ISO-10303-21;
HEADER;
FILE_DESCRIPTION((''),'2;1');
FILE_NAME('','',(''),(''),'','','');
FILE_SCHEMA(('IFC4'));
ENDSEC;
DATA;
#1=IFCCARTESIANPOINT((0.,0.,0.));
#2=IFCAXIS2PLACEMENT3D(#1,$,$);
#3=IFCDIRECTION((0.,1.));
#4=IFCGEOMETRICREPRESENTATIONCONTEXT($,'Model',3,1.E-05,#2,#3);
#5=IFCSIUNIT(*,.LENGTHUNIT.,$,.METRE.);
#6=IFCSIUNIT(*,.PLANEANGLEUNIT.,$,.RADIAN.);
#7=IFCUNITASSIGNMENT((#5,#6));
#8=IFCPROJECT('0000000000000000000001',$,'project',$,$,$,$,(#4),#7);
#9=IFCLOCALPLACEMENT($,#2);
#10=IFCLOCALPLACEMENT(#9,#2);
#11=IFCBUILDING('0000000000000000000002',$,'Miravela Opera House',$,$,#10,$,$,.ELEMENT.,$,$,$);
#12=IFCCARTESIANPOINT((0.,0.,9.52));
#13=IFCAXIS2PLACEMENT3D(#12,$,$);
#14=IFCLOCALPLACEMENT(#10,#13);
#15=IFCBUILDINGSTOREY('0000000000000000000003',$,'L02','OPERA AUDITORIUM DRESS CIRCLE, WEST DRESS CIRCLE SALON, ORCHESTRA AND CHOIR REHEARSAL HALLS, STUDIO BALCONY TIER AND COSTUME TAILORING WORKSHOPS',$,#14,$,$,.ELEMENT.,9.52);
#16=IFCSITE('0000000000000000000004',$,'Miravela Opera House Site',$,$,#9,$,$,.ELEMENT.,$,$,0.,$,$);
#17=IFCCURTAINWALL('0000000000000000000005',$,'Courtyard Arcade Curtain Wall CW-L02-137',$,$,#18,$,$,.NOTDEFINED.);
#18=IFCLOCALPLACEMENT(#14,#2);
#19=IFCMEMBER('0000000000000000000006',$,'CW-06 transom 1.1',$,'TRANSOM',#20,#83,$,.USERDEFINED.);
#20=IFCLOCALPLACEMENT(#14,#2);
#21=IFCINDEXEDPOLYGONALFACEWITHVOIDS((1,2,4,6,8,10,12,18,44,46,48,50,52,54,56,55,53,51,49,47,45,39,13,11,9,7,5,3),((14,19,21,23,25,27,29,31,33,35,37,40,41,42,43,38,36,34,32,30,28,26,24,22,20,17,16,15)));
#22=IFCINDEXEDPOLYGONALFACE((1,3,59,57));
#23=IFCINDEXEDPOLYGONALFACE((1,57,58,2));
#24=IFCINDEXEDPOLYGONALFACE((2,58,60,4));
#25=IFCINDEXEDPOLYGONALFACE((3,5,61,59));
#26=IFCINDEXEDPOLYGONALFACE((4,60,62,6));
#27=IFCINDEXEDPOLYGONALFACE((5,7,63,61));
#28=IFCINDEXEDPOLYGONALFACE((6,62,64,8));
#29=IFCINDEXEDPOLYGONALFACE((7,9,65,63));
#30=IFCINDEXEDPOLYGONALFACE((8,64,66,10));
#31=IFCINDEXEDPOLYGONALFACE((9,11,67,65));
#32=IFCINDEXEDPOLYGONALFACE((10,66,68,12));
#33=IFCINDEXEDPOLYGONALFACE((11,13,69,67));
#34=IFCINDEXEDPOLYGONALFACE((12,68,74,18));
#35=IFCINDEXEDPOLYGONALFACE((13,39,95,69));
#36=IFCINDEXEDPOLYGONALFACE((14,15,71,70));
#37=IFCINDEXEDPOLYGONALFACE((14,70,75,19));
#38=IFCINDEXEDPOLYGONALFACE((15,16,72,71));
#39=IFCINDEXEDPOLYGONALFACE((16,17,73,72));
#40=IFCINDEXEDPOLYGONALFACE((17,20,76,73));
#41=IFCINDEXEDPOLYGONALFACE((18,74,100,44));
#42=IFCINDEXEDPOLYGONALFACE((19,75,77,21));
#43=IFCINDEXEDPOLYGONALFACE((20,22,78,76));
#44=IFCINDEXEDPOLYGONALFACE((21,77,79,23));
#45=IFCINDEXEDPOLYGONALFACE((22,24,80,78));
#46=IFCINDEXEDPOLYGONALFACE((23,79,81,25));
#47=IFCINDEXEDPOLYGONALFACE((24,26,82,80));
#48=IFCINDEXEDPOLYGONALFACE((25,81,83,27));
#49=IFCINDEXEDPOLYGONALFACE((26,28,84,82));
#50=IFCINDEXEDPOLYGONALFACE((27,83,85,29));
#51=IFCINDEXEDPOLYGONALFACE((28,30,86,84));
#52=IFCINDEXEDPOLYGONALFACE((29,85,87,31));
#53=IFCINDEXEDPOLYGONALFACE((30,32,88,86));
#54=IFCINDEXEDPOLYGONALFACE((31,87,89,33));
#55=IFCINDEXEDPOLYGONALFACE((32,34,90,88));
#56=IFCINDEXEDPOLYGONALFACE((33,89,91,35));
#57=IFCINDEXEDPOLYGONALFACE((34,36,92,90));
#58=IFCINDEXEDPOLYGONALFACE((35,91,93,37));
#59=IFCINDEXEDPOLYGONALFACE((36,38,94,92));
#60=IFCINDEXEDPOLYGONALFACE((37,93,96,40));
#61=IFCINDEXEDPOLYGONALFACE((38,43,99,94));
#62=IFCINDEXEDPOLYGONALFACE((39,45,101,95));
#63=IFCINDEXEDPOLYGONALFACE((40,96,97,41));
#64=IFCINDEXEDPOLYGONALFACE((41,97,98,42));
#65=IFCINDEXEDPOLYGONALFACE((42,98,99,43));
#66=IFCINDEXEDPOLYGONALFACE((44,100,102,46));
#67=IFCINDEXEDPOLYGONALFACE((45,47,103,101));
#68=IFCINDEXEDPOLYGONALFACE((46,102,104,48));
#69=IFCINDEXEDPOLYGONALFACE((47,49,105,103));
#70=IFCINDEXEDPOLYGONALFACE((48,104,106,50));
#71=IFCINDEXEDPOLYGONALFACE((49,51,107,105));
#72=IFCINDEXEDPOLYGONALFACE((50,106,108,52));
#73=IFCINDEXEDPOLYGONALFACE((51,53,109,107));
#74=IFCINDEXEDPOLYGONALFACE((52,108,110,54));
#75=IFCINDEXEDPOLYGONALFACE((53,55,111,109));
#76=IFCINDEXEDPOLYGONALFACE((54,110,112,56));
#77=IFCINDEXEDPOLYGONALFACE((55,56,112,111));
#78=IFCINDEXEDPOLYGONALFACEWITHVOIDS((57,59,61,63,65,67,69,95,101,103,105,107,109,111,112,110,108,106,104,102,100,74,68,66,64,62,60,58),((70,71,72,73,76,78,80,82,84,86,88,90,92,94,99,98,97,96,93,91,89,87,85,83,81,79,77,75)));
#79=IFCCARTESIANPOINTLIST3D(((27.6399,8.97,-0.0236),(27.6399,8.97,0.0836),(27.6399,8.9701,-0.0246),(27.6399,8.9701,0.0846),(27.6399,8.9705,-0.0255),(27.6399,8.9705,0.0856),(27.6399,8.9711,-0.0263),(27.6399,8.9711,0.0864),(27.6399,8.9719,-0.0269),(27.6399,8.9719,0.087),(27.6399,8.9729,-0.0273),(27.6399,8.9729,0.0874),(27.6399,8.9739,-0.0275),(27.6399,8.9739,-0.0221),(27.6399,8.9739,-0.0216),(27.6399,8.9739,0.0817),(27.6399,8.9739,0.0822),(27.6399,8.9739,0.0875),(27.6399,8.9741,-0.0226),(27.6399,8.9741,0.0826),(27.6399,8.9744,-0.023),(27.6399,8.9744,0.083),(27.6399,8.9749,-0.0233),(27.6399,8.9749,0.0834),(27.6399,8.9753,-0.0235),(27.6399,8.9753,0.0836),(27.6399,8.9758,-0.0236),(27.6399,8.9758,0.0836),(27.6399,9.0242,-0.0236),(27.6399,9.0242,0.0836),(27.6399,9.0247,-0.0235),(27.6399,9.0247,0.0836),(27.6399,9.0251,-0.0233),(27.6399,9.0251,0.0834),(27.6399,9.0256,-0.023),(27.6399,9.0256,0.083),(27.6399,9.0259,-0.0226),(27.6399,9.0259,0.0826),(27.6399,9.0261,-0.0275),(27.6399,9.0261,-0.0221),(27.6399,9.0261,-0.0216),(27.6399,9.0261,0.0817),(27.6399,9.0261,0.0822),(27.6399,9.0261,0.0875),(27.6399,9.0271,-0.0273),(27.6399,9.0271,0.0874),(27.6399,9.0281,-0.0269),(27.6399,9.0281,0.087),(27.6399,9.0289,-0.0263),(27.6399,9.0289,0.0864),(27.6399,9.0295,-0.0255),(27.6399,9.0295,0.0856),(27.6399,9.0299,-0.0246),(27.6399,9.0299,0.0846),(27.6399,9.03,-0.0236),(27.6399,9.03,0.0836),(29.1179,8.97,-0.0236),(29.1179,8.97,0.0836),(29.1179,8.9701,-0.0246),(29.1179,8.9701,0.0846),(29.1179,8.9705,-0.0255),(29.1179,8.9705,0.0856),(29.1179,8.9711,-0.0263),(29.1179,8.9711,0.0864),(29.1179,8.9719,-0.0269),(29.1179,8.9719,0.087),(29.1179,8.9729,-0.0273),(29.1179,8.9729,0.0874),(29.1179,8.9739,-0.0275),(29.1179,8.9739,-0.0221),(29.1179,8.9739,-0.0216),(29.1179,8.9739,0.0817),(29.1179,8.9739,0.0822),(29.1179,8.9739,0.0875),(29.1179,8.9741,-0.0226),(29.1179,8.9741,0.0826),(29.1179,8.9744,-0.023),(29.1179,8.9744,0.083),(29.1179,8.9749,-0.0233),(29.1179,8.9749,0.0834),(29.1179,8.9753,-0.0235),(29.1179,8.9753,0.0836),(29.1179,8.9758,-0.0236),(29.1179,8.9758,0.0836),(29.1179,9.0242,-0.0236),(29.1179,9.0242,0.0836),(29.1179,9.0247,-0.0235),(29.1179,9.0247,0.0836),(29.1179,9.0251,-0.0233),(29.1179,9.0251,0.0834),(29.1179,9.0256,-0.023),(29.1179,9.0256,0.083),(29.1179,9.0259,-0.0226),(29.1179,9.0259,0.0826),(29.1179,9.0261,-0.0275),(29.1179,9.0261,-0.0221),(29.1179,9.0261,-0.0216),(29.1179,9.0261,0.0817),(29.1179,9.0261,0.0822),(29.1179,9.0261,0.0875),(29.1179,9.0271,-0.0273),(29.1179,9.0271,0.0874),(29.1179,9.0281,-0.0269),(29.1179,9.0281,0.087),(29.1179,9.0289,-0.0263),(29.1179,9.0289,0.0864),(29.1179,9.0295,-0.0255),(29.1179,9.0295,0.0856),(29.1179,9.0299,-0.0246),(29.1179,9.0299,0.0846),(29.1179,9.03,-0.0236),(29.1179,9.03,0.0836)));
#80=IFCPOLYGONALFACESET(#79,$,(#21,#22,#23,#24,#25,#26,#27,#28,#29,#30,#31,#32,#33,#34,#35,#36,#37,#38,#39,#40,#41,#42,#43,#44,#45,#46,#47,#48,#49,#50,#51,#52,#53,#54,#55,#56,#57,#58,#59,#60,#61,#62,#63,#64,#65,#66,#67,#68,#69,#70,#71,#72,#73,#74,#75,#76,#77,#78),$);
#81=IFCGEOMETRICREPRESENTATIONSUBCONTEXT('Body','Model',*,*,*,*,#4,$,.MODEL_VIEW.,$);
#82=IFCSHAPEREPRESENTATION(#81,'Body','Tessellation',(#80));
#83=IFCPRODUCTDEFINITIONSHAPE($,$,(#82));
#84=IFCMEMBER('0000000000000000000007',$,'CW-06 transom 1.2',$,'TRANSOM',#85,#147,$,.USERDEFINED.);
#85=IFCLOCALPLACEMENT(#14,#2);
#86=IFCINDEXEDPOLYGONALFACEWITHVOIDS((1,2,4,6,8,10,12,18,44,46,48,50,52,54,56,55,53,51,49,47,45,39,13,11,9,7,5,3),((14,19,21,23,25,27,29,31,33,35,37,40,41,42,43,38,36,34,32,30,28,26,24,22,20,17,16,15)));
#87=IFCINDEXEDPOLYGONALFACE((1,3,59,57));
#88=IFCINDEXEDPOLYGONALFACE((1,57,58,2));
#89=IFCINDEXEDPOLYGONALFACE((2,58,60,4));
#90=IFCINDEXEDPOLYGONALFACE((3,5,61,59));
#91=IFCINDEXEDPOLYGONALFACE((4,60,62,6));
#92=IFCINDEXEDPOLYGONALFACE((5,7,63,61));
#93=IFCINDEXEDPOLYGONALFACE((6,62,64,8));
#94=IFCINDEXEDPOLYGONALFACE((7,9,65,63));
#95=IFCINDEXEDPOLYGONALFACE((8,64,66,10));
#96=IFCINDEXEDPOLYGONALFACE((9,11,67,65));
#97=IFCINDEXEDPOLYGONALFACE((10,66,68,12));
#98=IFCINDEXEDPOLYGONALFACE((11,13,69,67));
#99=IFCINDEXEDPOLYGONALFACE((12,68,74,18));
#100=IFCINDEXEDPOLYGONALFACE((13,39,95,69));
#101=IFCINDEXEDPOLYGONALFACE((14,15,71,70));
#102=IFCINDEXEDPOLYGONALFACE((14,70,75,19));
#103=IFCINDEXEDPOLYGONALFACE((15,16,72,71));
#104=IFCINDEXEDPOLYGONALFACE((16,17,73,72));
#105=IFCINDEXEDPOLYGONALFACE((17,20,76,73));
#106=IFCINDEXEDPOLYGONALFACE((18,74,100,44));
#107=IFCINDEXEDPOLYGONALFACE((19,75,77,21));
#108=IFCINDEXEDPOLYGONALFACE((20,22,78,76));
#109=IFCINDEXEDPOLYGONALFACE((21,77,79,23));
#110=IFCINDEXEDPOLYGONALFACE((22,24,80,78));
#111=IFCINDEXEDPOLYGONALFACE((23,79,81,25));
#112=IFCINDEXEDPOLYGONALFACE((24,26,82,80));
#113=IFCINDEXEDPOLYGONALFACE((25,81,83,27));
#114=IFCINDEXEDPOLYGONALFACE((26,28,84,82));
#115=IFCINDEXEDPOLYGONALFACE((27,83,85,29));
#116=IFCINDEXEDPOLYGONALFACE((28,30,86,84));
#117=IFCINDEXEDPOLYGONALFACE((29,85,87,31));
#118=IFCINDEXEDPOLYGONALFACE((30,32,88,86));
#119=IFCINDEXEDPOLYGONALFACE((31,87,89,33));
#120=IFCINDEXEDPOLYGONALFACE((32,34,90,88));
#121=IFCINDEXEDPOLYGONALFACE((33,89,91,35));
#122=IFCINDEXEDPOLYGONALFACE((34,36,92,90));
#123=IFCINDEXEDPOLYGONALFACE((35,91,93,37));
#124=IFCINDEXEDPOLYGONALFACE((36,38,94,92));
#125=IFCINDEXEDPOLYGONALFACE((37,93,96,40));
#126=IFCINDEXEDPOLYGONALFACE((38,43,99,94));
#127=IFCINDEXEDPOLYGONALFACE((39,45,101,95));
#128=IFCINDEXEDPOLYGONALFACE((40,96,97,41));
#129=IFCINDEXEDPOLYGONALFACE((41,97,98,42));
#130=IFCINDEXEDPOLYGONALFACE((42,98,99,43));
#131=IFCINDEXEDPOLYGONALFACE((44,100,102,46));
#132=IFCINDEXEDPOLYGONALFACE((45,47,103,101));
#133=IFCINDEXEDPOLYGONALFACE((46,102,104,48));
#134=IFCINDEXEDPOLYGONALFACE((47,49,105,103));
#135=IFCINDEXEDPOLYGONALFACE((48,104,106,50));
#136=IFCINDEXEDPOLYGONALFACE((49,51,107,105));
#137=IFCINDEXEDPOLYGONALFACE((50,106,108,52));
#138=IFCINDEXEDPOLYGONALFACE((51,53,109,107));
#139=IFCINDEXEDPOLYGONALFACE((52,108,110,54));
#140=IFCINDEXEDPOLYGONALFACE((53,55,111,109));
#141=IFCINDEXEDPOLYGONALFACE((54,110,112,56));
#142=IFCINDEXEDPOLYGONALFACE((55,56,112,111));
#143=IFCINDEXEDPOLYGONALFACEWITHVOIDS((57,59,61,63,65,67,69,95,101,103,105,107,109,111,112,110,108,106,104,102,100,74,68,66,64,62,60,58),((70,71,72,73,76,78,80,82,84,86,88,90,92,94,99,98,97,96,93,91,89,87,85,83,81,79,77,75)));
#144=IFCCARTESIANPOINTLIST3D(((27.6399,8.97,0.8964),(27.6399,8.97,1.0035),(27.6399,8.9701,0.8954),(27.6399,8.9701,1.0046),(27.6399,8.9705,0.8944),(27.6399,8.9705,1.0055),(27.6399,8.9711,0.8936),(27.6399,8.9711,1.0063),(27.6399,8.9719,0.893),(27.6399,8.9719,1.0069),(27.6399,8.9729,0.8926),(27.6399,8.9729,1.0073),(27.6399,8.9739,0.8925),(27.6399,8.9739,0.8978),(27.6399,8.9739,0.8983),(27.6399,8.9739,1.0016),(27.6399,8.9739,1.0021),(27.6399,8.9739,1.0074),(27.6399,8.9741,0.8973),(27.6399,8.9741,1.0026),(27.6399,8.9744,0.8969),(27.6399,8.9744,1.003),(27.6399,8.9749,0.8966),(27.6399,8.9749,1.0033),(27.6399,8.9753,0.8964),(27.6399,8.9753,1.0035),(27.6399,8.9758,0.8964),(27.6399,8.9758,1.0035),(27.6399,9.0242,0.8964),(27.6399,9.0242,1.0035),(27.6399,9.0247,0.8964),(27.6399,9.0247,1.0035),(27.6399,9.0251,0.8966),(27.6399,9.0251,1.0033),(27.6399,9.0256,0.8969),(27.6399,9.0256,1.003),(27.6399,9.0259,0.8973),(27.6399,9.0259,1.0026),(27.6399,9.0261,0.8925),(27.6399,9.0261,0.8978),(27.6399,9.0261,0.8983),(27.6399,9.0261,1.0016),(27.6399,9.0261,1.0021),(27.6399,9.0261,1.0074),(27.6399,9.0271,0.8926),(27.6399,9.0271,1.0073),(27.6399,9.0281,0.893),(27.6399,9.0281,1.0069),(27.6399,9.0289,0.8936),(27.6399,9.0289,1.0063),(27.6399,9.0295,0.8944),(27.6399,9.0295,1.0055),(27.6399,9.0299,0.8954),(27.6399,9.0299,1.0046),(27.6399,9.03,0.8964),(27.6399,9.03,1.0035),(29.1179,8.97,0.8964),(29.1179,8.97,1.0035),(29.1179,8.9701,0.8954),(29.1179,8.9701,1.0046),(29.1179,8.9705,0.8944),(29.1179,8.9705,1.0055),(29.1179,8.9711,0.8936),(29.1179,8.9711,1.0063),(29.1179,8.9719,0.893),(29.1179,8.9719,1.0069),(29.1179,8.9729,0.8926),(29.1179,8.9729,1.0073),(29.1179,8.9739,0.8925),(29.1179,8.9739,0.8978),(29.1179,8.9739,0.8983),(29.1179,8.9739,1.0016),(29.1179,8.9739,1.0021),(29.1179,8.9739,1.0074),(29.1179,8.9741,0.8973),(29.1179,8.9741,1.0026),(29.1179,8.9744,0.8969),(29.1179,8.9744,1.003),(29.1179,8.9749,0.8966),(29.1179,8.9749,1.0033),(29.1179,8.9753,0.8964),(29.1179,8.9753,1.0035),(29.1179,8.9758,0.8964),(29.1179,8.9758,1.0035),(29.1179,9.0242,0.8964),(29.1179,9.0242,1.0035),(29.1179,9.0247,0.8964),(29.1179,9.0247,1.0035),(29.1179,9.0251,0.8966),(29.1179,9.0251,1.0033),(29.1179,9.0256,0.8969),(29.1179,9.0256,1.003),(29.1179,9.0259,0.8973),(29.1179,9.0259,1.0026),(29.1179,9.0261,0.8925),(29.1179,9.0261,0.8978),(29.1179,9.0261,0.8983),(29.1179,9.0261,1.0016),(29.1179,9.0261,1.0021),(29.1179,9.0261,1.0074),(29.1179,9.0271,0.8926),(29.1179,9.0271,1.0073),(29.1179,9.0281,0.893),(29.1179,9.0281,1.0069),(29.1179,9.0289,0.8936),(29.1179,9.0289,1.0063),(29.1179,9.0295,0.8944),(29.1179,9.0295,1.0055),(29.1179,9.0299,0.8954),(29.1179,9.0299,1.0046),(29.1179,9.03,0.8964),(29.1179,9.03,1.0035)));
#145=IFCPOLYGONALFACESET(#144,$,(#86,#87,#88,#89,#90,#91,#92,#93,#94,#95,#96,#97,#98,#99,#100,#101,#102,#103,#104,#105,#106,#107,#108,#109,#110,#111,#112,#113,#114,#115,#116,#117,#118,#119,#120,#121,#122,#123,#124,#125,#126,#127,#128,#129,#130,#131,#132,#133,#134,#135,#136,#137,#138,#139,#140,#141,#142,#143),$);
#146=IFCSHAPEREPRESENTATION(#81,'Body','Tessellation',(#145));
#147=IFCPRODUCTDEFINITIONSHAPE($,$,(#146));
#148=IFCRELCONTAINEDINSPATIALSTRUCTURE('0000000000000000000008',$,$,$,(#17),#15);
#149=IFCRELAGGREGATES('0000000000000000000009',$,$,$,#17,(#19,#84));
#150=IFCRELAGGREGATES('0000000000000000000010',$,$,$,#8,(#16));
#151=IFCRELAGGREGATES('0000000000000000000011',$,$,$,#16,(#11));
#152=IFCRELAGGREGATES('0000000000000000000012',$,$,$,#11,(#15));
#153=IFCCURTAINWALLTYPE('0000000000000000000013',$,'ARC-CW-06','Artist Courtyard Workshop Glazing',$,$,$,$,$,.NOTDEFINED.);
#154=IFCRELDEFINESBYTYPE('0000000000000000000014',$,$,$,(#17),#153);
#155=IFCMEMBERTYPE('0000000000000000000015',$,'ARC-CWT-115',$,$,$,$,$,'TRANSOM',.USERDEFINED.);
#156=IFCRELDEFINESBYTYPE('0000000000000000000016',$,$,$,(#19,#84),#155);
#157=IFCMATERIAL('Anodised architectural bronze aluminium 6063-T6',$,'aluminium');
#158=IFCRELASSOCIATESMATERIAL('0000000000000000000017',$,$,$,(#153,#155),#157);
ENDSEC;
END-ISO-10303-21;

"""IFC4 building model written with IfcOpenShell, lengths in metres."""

from ifc_helpers import new_model, si_unit, direction, frame, origin, origin_2d, place, context, subcontext, project, spatial, hollow_rectangle, extrude, material, material_profile, profile_set, type_object, element, aggregate, save


model = new_model("IFC4")

# Units and contexts
model_context = context("Model", 3, precision=1e-05, world=origin(), true_north=direction((0.0, 1.0)))
body_context = subcontext(model_context, "Body", "Model", "MODEL_VIEW")
ifc_project = project(units=[si_unit("LENGTHUNIT", "METRE"), si_unit("PLANEANGLEUNIT", "RADIAN")], contexts=[model_context])

# Site, building, storey
site_placement = place(None, origin())
site = spatial("IfcSite", under=ifc_project, at=site_placement, Name="Miravela Opera House Site", CompositionType="ELEMENT", RefElevation=0.0)
building_placement = place(site_placement, origin())
building = spatial("IfcBuilding", under=site, at=building_placement, Name="Miravela Opera House", CompositionType="ELEMENT")
storey_placement = place(building_placement, frame((0.0, 0.0, 9.52)))
storey = spatial("IfcBuildingStorey", under=building, at=storey_placement, Name="L02", Description="OPERA AUDITORIUM DRESS CIRCLE, WEST DRESS CIRCLE SALON, ORCHESTRA AND CHOIR REHEARSAL HALLS, STUDIO BALCONY TIER AND COSTUME TAILORING WORKSHOPS", CompositionType="ELEMENT", Elevation=9.52)

# Curtain wall, members
ifc_material_1 = material(Name="Anodised architectural bronze aluminium 6063-T6", Category="aluminium")
curtain_wall_type = type_object("IfcCurtainWallType", Name="ARC-CW-06", Description="Artist Courtyard Workshop Glazing", PredefinedType="NOTDEFINED", material=ifc_material_1)
curtain_wall_placement = place(storey_placement, origin())
curtain_wall = element("IfcCurtainWall", 1, at=curtain_wall_placement, inside=storey, type_object=curtain_wall_type, Name="Courtyard Arcade Curtain Wall CW-L02-137", PredefinedType="NOTDEFINED")
ifc_material_profile_1 = material_profile(ifc_material_1, hollow_rectangle(XDim=0.0601, YDim=0.115, WallThickness=0.0039, InnerFilletRadius=0.002, OuterFilletRadius=0.0039, at=origin_2d()), Name="CWT-60X115")
ifc_profile_set_1 = profile_set([ifc_material_profile_1])
member_type_1 = type_object("IfcMemberType", Name="ARC-CWT-115", ElementType="TRANSOM", PredefinedType="USERDEFINED", material=ifc_profile_set_1)
member_1_placement = place(storey_placement, frame((27.6399, 9.0, 0.03), z_axis=(1.0, 0.0, 0.0), x_axis=(0.0, 1.0, 0.0)))
member_1 = element("IfcMember", 2, at=member_1_placement, type_object=member_type_1, Name="CW-06 transom 1.1", ObjectType="TRANSOM", PredefinedType="USERDEFINED", context=body_context, shape_type="SweptSolid", body=[
    extrude(hollow_rectangle(XDim=0.0601, YDim=0.115, WallThickness=0.0039, InnerFilletRadius=0.002, OuterFilletRadius=0.0039, at=origin_2d()), origin(), (0.0, 0.0, 1.0), 1.478),
])
member_2_placement = place(storey_placement, frame((27.6399, 9.0, 0.95), z_axis=(1.0, 0.0, 0.0), x_axis=(0.0, 1.0, 0.0)))
member_2 = element("IfcMember", 3, at=member_2_placement, type_object=member_type_1, Name="CW-06 transom 1.2", ObjectType="TRANSOM", PredefinedType="USERDEFINED", context=body_context, shape_type="SweptSolid", body=[
    extrude(hollow_rectangle(XDim=0.0601, YDim=0.115, WallThickness=0.0039, InnerFilletRadius=0.002, OuterFilletRadius=0.0039, at=origin_2d()), origin(), (0.0, 0.0, 1.0), 1.478),
])

aggregate(curtain_wall, [member_1, member_2])

save(model, "model.ifc")
